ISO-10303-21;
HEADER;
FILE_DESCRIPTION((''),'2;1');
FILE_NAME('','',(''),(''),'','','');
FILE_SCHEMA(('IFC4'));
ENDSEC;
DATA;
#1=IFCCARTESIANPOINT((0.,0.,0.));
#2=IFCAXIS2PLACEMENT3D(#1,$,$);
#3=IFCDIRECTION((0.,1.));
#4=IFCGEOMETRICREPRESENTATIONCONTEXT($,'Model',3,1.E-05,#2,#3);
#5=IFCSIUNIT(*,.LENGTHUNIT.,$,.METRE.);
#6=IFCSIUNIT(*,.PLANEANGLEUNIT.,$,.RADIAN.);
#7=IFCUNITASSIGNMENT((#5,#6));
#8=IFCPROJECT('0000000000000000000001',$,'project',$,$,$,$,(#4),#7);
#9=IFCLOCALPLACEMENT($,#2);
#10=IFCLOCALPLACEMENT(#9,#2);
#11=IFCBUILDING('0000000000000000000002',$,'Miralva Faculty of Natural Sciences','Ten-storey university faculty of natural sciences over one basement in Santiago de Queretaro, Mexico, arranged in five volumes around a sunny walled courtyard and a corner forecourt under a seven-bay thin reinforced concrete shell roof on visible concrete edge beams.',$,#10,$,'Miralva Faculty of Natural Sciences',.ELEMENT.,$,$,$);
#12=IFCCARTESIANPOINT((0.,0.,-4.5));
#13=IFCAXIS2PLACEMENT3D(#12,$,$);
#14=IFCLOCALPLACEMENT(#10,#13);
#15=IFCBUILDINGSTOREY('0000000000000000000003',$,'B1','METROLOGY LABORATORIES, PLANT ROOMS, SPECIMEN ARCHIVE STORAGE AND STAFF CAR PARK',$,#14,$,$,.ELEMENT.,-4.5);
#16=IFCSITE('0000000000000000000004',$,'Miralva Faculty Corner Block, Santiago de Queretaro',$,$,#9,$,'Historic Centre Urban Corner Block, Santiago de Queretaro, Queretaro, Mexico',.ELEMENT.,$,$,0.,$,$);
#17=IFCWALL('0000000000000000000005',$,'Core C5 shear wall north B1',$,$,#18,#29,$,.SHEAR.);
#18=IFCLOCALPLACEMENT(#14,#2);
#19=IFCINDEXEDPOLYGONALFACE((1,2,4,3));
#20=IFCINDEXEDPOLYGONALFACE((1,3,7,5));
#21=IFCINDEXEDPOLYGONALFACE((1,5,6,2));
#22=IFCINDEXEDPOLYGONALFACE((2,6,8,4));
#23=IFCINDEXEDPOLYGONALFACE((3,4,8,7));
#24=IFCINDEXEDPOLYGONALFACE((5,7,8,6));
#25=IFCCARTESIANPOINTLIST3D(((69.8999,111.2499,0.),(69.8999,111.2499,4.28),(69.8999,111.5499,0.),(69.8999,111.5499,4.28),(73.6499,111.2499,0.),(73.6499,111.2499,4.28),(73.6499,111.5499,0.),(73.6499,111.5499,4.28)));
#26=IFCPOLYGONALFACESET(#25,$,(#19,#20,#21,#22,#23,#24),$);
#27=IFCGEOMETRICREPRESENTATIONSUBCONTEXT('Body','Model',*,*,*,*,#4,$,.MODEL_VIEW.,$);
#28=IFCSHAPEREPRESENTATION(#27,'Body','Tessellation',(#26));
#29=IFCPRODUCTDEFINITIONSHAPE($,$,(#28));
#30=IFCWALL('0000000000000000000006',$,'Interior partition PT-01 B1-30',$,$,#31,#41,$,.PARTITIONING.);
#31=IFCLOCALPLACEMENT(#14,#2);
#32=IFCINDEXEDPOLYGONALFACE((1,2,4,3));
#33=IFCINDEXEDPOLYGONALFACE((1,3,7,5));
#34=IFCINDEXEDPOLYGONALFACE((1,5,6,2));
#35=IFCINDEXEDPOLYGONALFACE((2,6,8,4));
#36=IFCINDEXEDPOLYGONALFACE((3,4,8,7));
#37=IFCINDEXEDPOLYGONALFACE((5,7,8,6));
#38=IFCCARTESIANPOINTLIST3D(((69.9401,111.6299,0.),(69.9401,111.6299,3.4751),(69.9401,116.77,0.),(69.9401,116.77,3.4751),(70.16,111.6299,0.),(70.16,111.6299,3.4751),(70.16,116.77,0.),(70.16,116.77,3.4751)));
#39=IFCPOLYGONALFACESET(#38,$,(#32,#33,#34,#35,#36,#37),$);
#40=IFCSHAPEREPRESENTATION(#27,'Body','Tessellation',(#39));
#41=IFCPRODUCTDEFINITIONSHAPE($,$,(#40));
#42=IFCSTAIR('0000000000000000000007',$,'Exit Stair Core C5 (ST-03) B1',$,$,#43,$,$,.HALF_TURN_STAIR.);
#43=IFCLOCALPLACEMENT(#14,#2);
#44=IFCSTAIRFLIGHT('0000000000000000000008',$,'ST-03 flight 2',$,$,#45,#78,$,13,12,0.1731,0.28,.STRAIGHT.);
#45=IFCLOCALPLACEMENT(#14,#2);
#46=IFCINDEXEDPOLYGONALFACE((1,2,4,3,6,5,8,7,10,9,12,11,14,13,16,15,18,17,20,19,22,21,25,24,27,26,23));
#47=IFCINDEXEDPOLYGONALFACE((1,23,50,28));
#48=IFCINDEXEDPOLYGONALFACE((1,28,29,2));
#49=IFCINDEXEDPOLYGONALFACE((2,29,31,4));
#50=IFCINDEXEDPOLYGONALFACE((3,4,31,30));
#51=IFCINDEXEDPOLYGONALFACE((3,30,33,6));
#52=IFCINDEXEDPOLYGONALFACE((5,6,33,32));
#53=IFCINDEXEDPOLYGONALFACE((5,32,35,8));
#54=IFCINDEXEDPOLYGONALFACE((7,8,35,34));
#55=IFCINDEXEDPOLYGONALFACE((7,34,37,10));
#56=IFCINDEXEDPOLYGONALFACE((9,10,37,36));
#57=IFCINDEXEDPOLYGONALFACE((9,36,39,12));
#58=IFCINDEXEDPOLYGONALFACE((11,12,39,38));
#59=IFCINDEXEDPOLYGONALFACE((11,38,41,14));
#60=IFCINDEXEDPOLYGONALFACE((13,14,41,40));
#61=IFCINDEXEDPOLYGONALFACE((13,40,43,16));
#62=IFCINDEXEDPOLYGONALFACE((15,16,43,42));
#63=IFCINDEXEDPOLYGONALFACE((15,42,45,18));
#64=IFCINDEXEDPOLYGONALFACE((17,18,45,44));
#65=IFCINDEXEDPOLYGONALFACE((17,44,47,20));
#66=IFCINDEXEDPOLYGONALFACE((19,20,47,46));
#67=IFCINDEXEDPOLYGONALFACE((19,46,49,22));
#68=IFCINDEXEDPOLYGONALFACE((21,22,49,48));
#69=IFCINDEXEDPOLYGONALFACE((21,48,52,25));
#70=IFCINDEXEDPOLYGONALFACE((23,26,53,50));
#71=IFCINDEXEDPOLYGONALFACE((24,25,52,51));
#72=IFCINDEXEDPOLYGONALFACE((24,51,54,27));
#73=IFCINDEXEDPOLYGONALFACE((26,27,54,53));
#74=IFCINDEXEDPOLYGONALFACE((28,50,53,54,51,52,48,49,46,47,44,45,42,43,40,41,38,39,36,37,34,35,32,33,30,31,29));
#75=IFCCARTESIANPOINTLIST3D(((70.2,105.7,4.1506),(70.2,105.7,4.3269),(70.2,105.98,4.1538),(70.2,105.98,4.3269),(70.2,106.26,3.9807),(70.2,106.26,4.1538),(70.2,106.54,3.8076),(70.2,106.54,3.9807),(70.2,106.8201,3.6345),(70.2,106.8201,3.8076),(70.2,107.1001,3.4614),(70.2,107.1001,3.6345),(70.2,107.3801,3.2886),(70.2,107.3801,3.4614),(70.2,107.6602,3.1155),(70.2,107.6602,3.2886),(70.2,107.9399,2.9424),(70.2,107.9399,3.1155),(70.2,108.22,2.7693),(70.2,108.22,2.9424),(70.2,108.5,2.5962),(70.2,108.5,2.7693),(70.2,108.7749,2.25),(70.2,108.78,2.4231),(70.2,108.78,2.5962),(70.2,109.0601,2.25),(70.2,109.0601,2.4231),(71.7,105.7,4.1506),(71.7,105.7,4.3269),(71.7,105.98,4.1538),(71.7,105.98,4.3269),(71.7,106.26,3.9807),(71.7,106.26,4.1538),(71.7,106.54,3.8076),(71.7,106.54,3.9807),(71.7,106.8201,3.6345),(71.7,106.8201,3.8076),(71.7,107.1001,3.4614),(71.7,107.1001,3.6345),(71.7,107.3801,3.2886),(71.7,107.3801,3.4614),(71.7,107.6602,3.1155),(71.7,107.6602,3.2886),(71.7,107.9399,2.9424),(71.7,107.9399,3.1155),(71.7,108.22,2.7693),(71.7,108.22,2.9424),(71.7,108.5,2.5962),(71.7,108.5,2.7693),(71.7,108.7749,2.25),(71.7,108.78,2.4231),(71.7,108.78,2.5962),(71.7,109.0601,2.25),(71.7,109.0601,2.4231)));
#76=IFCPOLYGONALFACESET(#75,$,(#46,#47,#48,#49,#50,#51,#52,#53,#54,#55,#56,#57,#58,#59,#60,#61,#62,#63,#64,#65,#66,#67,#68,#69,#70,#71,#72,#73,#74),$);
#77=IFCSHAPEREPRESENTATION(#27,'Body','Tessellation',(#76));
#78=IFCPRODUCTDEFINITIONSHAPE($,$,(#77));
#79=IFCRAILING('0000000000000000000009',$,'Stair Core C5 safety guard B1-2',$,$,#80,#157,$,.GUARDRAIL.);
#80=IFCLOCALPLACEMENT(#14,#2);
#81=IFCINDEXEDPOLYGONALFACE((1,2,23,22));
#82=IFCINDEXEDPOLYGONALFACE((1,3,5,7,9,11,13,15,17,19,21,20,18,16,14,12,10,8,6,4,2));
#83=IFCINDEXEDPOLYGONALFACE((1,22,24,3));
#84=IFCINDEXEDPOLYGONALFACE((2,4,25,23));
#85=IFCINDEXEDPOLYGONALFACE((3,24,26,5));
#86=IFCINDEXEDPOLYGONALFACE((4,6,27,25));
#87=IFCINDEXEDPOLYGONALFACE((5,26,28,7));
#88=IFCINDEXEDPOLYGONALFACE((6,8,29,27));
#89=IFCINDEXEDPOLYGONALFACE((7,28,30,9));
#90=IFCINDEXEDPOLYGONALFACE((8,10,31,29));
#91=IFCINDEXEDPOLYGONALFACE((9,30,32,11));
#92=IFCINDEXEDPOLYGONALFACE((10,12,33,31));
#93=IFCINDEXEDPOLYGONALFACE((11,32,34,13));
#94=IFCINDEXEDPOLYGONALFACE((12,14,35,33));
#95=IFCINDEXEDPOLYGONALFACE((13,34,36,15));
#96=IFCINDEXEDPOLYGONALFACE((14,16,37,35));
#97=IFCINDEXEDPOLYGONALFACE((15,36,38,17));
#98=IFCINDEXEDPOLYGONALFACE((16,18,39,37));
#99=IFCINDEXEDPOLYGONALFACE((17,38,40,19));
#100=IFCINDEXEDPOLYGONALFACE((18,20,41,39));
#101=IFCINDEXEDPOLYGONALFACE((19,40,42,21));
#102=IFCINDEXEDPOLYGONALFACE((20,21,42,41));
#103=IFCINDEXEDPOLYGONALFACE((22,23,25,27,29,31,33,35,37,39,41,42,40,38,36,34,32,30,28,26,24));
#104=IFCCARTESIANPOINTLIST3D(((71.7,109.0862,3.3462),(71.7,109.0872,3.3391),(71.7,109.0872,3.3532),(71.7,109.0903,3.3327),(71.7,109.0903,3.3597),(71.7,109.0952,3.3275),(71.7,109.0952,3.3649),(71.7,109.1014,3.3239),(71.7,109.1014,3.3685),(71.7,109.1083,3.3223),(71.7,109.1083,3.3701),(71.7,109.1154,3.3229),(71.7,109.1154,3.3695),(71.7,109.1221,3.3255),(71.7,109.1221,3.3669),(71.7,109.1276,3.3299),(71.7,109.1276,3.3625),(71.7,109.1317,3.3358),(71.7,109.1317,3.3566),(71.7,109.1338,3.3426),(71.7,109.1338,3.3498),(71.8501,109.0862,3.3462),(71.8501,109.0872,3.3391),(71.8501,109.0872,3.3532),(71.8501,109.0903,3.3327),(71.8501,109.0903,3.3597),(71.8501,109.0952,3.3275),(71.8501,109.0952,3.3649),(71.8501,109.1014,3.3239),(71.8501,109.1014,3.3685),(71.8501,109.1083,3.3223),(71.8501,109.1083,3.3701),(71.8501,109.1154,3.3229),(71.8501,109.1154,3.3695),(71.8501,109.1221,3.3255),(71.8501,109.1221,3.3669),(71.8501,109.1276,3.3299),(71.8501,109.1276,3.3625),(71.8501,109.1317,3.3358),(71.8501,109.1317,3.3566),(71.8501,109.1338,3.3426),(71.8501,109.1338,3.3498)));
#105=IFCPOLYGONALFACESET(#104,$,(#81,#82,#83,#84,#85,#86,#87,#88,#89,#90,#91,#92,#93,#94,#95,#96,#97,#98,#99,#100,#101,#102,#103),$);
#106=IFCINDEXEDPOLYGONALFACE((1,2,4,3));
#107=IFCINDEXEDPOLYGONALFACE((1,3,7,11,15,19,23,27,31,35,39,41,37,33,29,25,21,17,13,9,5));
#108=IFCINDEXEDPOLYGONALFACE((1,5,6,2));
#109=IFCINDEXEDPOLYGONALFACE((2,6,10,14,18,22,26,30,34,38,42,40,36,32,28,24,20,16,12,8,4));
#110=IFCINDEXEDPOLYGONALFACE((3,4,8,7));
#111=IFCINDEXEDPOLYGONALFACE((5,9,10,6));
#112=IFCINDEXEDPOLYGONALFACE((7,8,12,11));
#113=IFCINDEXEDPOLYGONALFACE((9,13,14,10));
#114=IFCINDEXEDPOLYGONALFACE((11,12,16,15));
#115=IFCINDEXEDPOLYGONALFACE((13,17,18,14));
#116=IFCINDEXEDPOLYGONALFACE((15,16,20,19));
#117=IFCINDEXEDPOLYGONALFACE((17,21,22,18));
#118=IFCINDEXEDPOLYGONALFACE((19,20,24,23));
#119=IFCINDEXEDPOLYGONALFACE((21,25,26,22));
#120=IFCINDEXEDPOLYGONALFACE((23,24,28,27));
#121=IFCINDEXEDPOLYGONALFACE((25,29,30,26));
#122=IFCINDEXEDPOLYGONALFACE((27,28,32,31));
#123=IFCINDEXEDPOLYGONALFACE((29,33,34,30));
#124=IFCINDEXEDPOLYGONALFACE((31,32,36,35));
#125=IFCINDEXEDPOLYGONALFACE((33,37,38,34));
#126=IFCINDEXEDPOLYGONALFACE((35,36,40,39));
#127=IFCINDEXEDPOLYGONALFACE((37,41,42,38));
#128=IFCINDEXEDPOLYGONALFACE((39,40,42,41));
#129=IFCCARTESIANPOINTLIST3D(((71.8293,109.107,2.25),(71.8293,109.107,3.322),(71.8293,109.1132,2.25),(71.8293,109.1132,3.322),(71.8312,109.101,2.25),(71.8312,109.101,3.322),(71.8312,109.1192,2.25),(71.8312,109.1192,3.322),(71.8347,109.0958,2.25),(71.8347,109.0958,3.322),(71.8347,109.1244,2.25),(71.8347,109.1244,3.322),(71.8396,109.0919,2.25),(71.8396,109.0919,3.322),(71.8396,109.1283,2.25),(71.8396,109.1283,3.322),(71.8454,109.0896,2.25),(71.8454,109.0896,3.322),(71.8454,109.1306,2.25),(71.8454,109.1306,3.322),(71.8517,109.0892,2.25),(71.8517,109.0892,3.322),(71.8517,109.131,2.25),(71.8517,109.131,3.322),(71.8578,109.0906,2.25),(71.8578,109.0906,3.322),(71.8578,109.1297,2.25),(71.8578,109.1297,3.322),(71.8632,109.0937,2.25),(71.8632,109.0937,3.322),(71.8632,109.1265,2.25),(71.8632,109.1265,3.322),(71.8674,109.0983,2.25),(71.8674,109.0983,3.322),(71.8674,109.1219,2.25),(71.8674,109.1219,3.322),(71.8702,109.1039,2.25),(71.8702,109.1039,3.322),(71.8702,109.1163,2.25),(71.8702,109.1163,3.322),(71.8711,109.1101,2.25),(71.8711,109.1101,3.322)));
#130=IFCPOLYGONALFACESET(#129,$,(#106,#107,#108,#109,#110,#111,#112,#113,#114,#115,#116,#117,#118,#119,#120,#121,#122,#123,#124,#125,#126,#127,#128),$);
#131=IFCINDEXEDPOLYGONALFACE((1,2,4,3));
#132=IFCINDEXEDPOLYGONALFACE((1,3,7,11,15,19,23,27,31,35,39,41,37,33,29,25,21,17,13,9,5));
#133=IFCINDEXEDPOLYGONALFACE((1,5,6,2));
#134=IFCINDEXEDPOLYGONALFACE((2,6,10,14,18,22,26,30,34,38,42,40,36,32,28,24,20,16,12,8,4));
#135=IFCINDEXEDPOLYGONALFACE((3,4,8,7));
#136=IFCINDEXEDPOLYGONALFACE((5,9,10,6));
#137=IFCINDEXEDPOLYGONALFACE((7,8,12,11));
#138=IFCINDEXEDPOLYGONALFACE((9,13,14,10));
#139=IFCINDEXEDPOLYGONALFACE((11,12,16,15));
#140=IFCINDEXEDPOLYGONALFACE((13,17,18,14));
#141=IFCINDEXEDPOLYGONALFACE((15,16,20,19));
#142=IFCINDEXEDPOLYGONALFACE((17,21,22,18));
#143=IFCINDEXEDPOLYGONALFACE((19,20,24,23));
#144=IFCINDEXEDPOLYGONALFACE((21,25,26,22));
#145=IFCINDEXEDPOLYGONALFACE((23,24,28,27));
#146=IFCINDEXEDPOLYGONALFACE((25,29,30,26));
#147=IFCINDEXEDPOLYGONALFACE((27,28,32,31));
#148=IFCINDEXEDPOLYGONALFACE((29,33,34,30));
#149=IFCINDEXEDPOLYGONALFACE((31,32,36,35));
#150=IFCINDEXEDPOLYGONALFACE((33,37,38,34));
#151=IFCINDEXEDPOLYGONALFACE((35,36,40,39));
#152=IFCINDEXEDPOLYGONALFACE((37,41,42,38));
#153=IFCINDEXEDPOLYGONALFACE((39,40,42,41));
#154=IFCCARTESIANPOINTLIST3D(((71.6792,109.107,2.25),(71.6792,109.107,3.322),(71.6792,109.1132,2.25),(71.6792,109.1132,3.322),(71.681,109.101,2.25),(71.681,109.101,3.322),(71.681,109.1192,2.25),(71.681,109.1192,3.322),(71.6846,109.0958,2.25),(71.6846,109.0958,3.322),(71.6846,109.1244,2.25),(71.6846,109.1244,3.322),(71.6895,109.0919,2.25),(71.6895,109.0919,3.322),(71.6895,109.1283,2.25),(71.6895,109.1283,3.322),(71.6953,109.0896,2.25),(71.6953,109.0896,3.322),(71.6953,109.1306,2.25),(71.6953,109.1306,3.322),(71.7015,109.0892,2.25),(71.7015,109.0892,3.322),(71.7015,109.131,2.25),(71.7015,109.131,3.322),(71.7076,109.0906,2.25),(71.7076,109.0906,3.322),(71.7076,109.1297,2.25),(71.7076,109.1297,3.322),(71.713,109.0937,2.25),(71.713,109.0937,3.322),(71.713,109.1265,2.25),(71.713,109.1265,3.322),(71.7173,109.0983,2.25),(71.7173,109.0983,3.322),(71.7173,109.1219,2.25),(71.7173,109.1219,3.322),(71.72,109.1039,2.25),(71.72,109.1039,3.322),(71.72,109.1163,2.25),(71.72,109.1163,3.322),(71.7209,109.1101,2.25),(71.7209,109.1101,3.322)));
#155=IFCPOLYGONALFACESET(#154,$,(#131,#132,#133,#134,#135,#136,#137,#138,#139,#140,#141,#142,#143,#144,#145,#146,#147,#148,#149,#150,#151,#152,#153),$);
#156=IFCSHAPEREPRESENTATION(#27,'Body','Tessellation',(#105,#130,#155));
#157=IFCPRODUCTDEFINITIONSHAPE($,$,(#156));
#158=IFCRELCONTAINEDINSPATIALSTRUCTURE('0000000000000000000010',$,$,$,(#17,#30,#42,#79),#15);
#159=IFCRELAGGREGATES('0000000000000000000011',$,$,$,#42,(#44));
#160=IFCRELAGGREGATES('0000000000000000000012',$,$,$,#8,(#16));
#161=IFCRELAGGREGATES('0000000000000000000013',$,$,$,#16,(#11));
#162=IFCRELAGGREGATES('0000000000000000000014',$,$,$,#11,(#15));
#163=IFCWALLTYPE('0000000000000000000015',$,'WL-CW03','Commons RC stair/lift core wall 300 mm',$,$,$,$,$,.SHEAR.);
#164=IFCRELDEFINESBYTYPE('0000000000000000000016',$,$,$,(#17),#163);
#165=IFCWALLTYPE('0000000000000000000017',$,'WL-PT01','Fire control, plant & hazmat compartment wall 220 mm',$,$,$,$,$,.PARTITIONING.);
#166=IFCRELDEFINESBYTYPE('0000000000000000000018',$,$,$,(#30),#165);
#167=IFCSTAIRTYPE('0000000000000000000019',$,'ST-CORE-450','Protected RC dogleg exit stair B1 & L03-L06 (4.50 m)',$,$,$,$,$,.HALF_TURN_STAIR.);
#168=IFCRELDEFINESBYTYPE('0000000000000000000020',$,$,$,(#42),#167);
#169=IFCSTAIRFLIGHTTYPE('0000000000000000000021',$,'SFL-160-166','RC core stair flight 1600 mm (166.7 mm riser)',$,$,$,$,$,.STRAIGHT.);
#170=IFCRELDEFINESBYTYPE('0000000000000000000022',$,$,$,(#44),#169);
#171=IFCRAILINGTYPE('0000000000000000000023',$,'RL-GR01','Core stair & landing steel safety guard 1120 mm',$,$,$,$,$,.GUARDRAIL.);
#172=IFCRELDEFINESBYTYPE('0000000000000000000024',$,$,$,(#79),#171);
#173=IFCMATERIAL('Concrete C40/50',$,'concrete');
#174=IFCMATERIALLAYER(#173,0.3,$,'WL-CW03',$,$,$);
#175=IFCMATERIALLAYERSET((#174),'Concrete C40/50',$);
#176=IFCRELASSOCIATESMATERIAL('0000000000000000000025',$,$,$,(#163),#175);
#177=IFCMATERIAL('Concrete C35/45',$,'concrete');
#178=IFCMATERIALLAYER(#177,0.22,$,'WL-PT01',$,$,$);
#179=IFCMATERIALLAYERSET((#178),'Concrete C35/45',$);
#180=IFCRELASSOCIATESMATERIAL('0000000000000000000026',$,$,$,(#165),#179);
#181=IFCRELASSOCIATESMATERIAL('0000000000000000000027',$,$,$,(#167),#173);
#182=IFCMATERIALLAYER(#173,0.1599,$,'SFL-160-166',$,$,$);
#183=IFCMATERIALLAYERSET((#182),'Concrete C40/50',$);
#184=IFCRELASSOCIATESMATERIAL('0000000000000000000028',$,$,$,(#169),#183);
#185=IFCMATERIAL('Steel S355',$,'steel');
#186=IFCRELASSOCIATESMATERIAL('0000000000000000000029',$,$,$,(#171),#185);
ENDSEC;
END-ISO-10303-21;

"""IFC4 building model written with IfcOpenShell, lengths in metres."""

from ifc_helpers import new_model, si_unit, direction, frame, frame_2d, origin, origin_2d, place, context, subcontext, project, spatial, polyline, rectangle, circle, outline, extrude, material, layer, layer_set, type_object, element, aggregate, save


model = new_model("IFC4")

# Units and contexts
model_context = context("Model", 3, precision=1e-05, world=origin(), true_north=direction((0.0, 1.0)))
body_context = subcontext(model_context, "Body", "Model", "MODEL_VIEW")
ifc_project = project(units=[si_unit("LENGTHUNIT", "METRE"), si_unit("PLANEANGLEUNIT", "RADIAN")], contexts=[model_context])

# Site, building, storey
site_placement = place(None, origin())
site = spatial("IfcSite", under=ifc_project, at=site_placement, Name="Miralva Faculty Corner Block, Santiago de Queretaro", LongName="Historic Centre Urban Corner Block, Santiago de Queretaro, Queretaro, Mexico", CompositionType="ELEMENT", RefElevation=0.0)
building_placement = place(site_placement, origin())
building = spatial("IfcBuilding", under=site, at=building_placement, Name="Miralva Faculty of Natural Sciences", Description="Ten-storey university faculty of natural sciences over one basement in Santiago de Queretaro, Mexico, arranged in five volumes around a sunny walled courtyard and a corner forecourt under a seven-bay thin reinforced concrete shell roof on visible concrete edge beams.", LongName="Miralva Faculty of Natural Sciences", CompositionType="ELEMENT")
storey_placement = place(building_placement, frame((0.0, 0.0, -4.5)))
storey = spatial("IfcBuildingStorey", under=building, at=storey_placement, Name="B1", Description="METROLOGY LABORATORIES, PLANT ROOMS, SPECIMEN ARCHIVE STORAGE AND STAFF CAR PARK", CompositionType="ELEMENT", Elevation=-4.5)

# Shared definitions
ifc_material_1 = material(Name="Concrete C35/45", Category="concrete")

# Shared definitions
ifc_material_2 = material(Name="Concrete C40/50", Category="concrete")

# Walls
ifc_layer_1 = layer(ifc_material_2, 0.3, Name="WL-CW03")
ifc_layer_set_1 = layer_set([ifc_layer_1], Name="Concrete C40/50")
wall_type_1 = type_object("IfcWallType", Name="WL-CW03", Description="Commons RC stair/lift core wall 300 mm", PredefinedType="SHEAR", material=ifc_layer_set_1)
wall_1_placement = place(storey_placement, frame((69.8999, 111.3999, 0.0), z_axis=(0.0, 0.0, 1.0), x_axis=(1.0, 0.0, 0.0)))
element("IfcWall", 1, at=wall_1_placement, inside=storey, type_object=wall_type_1, Name="Core C5 shear wall north B1", PredefinedType="SHEAR", context=body_context, shape_type="SweptSolid", body=[
    extrude(rectangle(XDim=3.75, YDim=0.3, at=frame_2d((1.875, 0.0))), origin(), (0.0, 0.0, 1.0), 4.28),
])
ifc_layer_2 = layer(ifc_material_1, 0.22, Name="WL-PT01")
ifc_layer_set_2 = layer_set([ifc_layer_2], Name="Concrete C35/45")
wall_type_2 = type_object("IfcWallType", Name="WL-PT01", Description="Fire control, plant & hazmat compartment wall 220 mm", PredefinedType="PARTITIONING", material=ifc_layer_set_2)
wall_2_placement = place(storey_placement, frame((70.05, 111.6299, 0.0), z_axis=(0.0, 0.0, 1.0), x_axis=(0.0, 1.0, 0.0)))
element("IfcWall", 2, at=wall_2_placement, inside=storey, type_object=wall_type_2, Name="Interior partition PT-01 B1-30", PredefinedType="PARTITIONING", context=body_context, shape_type="SweptSolid", body=[
    extrude(rectangle(XDim=5.1401, YDim=0.22, at=frame_2d((2.5701, 0.0))), origin(), (0.0, 0.0, 1.0), 3.4751),
])

# Stair, stair flight
stair_type = type_object("IfcStairType", Name="ST-CORE-450", Description="Protected RC dogleg exit stair B1 & L03-L06 (4.50 m)", PredefinedType="HALF_TURN_STAIR", material=ifc_material_2)
stair_placement = place(storey_placement, origin())
stair = element("IfcStair", 3, at=stair_placement, inside=storey, type_object=stair_type, Name="Exit Stair Core C5 (ST-03) B1", PredefinedType="HALF_TURN_STAIR")
ifc_layer_3 = layer(ifc_material_2, 0.1599, Name="SFL-160-166")
ifc_layer_set_3 = layer_set([ifc_layer_3], Name="Concrete C40/50")
stair_flight_type = type_object("IfcStairFlightType", Name="SFL-160-166", Description="RC core stair flight 1600 mm (166.7 mm riser)", PredefinedType="STRAIGHT", material=ifc_layer_set_3)
stair_flight_placement = place(storey_placement, frame((70.95, 109.0601, 2.25), z_axis=(0.0, 0.0, 1.0), x_axis=(0.0, -1.0, 0.0)))
stair_flight = element("IfcStairFlight", 4, at=stair_flight_placement, type_object=stair_flight_type, Name="ST-03 flight 2", NumberOfRisers=13, NumberOfTreads=12, PredefinedType="STRAIGHT", RiserHeight=0.1731, TreadLength=0.28, context=body_context, shape_type="SweptSolid", body=[
    extrude(outline(polyline([(0.0, 0.0), (0.0, 0.1731), (0.28, 0.1731), (0.28, 0.3462), (0.5601, 0.3462), (0.5601, 0.5193), (0.8401, 0.5193), (0.8401, 0.6924), (1.1201, 0.6924), (1.1201, 0.8655), (1.3999, 0.8655), (1.3999, 1.0386), (1.6799, 1.0386), (1.6799, 1.2114), (1.96, 1.2114), (1.96, 1.3845), (2.24, 1.3845), (2.24, 1.5576), (2.52, 1.5576), (2.52, 1.7307), (2.8, 1.7307), (2.8, 1.9038), (3.0801, 1.9038), (3.0801, 2.0769), (3.3601, 2.0769), (3.3601, 2.25), (3.3601, 1.9006), (0.2852, 0.0), (0.0, 0.0)])), frame((0.0, 0.75, 0.0), z_axis=(0.0, -1.0, 0.0), x_axis=(1.0, 0.0, 0.0)), (0.0, 0.0, 1.0), 1.5),
])
aggregate(stair, [stair_flight])

# Railing
ifc_material_3 = material(Name="Steel S355", Category="steel")
railing_type_1 = type_object("IfcRailingType", Name="RL-GR01", Description="Core stair & landing steel safety guard 1120 mm", PredefinedType="GUARDRAIL", material=ifc_material_3)
railing_1_placement = place(storey_placement, frame((71.8501, 109.1101, 2.25)))
element("IfcRailing", 5, at=railing_1_placement, inside=storey, type_object=railing_type_1, Name="Stair Core C5 safety guard B1-2", PredefinedType="GUARDRAIL", context=body_context, shape_type="SweptSolid", body=[
    extrude(circle(Radius=0.0239, at=origin_2d()), frame((0.0, 0.0, 1.0962), z_axis=(-1.0, 0.0, 0.0), x_axis=(0.0, -1.0, 0.0)), (0.0, 0.0, 1.0), 0.1501),
    extrude(circle(Radius=0.021, at=origin_2d()), origin(), (0.0, 0.0, 1.0), 1.072),
    extrude(circle(Radius=0.021, at=origin_2d()), frame((-0.1501, 0.0, 0.0)), (0.0, 0.0, 1.0), 1.072),
])

save(model, "model.ifc")
